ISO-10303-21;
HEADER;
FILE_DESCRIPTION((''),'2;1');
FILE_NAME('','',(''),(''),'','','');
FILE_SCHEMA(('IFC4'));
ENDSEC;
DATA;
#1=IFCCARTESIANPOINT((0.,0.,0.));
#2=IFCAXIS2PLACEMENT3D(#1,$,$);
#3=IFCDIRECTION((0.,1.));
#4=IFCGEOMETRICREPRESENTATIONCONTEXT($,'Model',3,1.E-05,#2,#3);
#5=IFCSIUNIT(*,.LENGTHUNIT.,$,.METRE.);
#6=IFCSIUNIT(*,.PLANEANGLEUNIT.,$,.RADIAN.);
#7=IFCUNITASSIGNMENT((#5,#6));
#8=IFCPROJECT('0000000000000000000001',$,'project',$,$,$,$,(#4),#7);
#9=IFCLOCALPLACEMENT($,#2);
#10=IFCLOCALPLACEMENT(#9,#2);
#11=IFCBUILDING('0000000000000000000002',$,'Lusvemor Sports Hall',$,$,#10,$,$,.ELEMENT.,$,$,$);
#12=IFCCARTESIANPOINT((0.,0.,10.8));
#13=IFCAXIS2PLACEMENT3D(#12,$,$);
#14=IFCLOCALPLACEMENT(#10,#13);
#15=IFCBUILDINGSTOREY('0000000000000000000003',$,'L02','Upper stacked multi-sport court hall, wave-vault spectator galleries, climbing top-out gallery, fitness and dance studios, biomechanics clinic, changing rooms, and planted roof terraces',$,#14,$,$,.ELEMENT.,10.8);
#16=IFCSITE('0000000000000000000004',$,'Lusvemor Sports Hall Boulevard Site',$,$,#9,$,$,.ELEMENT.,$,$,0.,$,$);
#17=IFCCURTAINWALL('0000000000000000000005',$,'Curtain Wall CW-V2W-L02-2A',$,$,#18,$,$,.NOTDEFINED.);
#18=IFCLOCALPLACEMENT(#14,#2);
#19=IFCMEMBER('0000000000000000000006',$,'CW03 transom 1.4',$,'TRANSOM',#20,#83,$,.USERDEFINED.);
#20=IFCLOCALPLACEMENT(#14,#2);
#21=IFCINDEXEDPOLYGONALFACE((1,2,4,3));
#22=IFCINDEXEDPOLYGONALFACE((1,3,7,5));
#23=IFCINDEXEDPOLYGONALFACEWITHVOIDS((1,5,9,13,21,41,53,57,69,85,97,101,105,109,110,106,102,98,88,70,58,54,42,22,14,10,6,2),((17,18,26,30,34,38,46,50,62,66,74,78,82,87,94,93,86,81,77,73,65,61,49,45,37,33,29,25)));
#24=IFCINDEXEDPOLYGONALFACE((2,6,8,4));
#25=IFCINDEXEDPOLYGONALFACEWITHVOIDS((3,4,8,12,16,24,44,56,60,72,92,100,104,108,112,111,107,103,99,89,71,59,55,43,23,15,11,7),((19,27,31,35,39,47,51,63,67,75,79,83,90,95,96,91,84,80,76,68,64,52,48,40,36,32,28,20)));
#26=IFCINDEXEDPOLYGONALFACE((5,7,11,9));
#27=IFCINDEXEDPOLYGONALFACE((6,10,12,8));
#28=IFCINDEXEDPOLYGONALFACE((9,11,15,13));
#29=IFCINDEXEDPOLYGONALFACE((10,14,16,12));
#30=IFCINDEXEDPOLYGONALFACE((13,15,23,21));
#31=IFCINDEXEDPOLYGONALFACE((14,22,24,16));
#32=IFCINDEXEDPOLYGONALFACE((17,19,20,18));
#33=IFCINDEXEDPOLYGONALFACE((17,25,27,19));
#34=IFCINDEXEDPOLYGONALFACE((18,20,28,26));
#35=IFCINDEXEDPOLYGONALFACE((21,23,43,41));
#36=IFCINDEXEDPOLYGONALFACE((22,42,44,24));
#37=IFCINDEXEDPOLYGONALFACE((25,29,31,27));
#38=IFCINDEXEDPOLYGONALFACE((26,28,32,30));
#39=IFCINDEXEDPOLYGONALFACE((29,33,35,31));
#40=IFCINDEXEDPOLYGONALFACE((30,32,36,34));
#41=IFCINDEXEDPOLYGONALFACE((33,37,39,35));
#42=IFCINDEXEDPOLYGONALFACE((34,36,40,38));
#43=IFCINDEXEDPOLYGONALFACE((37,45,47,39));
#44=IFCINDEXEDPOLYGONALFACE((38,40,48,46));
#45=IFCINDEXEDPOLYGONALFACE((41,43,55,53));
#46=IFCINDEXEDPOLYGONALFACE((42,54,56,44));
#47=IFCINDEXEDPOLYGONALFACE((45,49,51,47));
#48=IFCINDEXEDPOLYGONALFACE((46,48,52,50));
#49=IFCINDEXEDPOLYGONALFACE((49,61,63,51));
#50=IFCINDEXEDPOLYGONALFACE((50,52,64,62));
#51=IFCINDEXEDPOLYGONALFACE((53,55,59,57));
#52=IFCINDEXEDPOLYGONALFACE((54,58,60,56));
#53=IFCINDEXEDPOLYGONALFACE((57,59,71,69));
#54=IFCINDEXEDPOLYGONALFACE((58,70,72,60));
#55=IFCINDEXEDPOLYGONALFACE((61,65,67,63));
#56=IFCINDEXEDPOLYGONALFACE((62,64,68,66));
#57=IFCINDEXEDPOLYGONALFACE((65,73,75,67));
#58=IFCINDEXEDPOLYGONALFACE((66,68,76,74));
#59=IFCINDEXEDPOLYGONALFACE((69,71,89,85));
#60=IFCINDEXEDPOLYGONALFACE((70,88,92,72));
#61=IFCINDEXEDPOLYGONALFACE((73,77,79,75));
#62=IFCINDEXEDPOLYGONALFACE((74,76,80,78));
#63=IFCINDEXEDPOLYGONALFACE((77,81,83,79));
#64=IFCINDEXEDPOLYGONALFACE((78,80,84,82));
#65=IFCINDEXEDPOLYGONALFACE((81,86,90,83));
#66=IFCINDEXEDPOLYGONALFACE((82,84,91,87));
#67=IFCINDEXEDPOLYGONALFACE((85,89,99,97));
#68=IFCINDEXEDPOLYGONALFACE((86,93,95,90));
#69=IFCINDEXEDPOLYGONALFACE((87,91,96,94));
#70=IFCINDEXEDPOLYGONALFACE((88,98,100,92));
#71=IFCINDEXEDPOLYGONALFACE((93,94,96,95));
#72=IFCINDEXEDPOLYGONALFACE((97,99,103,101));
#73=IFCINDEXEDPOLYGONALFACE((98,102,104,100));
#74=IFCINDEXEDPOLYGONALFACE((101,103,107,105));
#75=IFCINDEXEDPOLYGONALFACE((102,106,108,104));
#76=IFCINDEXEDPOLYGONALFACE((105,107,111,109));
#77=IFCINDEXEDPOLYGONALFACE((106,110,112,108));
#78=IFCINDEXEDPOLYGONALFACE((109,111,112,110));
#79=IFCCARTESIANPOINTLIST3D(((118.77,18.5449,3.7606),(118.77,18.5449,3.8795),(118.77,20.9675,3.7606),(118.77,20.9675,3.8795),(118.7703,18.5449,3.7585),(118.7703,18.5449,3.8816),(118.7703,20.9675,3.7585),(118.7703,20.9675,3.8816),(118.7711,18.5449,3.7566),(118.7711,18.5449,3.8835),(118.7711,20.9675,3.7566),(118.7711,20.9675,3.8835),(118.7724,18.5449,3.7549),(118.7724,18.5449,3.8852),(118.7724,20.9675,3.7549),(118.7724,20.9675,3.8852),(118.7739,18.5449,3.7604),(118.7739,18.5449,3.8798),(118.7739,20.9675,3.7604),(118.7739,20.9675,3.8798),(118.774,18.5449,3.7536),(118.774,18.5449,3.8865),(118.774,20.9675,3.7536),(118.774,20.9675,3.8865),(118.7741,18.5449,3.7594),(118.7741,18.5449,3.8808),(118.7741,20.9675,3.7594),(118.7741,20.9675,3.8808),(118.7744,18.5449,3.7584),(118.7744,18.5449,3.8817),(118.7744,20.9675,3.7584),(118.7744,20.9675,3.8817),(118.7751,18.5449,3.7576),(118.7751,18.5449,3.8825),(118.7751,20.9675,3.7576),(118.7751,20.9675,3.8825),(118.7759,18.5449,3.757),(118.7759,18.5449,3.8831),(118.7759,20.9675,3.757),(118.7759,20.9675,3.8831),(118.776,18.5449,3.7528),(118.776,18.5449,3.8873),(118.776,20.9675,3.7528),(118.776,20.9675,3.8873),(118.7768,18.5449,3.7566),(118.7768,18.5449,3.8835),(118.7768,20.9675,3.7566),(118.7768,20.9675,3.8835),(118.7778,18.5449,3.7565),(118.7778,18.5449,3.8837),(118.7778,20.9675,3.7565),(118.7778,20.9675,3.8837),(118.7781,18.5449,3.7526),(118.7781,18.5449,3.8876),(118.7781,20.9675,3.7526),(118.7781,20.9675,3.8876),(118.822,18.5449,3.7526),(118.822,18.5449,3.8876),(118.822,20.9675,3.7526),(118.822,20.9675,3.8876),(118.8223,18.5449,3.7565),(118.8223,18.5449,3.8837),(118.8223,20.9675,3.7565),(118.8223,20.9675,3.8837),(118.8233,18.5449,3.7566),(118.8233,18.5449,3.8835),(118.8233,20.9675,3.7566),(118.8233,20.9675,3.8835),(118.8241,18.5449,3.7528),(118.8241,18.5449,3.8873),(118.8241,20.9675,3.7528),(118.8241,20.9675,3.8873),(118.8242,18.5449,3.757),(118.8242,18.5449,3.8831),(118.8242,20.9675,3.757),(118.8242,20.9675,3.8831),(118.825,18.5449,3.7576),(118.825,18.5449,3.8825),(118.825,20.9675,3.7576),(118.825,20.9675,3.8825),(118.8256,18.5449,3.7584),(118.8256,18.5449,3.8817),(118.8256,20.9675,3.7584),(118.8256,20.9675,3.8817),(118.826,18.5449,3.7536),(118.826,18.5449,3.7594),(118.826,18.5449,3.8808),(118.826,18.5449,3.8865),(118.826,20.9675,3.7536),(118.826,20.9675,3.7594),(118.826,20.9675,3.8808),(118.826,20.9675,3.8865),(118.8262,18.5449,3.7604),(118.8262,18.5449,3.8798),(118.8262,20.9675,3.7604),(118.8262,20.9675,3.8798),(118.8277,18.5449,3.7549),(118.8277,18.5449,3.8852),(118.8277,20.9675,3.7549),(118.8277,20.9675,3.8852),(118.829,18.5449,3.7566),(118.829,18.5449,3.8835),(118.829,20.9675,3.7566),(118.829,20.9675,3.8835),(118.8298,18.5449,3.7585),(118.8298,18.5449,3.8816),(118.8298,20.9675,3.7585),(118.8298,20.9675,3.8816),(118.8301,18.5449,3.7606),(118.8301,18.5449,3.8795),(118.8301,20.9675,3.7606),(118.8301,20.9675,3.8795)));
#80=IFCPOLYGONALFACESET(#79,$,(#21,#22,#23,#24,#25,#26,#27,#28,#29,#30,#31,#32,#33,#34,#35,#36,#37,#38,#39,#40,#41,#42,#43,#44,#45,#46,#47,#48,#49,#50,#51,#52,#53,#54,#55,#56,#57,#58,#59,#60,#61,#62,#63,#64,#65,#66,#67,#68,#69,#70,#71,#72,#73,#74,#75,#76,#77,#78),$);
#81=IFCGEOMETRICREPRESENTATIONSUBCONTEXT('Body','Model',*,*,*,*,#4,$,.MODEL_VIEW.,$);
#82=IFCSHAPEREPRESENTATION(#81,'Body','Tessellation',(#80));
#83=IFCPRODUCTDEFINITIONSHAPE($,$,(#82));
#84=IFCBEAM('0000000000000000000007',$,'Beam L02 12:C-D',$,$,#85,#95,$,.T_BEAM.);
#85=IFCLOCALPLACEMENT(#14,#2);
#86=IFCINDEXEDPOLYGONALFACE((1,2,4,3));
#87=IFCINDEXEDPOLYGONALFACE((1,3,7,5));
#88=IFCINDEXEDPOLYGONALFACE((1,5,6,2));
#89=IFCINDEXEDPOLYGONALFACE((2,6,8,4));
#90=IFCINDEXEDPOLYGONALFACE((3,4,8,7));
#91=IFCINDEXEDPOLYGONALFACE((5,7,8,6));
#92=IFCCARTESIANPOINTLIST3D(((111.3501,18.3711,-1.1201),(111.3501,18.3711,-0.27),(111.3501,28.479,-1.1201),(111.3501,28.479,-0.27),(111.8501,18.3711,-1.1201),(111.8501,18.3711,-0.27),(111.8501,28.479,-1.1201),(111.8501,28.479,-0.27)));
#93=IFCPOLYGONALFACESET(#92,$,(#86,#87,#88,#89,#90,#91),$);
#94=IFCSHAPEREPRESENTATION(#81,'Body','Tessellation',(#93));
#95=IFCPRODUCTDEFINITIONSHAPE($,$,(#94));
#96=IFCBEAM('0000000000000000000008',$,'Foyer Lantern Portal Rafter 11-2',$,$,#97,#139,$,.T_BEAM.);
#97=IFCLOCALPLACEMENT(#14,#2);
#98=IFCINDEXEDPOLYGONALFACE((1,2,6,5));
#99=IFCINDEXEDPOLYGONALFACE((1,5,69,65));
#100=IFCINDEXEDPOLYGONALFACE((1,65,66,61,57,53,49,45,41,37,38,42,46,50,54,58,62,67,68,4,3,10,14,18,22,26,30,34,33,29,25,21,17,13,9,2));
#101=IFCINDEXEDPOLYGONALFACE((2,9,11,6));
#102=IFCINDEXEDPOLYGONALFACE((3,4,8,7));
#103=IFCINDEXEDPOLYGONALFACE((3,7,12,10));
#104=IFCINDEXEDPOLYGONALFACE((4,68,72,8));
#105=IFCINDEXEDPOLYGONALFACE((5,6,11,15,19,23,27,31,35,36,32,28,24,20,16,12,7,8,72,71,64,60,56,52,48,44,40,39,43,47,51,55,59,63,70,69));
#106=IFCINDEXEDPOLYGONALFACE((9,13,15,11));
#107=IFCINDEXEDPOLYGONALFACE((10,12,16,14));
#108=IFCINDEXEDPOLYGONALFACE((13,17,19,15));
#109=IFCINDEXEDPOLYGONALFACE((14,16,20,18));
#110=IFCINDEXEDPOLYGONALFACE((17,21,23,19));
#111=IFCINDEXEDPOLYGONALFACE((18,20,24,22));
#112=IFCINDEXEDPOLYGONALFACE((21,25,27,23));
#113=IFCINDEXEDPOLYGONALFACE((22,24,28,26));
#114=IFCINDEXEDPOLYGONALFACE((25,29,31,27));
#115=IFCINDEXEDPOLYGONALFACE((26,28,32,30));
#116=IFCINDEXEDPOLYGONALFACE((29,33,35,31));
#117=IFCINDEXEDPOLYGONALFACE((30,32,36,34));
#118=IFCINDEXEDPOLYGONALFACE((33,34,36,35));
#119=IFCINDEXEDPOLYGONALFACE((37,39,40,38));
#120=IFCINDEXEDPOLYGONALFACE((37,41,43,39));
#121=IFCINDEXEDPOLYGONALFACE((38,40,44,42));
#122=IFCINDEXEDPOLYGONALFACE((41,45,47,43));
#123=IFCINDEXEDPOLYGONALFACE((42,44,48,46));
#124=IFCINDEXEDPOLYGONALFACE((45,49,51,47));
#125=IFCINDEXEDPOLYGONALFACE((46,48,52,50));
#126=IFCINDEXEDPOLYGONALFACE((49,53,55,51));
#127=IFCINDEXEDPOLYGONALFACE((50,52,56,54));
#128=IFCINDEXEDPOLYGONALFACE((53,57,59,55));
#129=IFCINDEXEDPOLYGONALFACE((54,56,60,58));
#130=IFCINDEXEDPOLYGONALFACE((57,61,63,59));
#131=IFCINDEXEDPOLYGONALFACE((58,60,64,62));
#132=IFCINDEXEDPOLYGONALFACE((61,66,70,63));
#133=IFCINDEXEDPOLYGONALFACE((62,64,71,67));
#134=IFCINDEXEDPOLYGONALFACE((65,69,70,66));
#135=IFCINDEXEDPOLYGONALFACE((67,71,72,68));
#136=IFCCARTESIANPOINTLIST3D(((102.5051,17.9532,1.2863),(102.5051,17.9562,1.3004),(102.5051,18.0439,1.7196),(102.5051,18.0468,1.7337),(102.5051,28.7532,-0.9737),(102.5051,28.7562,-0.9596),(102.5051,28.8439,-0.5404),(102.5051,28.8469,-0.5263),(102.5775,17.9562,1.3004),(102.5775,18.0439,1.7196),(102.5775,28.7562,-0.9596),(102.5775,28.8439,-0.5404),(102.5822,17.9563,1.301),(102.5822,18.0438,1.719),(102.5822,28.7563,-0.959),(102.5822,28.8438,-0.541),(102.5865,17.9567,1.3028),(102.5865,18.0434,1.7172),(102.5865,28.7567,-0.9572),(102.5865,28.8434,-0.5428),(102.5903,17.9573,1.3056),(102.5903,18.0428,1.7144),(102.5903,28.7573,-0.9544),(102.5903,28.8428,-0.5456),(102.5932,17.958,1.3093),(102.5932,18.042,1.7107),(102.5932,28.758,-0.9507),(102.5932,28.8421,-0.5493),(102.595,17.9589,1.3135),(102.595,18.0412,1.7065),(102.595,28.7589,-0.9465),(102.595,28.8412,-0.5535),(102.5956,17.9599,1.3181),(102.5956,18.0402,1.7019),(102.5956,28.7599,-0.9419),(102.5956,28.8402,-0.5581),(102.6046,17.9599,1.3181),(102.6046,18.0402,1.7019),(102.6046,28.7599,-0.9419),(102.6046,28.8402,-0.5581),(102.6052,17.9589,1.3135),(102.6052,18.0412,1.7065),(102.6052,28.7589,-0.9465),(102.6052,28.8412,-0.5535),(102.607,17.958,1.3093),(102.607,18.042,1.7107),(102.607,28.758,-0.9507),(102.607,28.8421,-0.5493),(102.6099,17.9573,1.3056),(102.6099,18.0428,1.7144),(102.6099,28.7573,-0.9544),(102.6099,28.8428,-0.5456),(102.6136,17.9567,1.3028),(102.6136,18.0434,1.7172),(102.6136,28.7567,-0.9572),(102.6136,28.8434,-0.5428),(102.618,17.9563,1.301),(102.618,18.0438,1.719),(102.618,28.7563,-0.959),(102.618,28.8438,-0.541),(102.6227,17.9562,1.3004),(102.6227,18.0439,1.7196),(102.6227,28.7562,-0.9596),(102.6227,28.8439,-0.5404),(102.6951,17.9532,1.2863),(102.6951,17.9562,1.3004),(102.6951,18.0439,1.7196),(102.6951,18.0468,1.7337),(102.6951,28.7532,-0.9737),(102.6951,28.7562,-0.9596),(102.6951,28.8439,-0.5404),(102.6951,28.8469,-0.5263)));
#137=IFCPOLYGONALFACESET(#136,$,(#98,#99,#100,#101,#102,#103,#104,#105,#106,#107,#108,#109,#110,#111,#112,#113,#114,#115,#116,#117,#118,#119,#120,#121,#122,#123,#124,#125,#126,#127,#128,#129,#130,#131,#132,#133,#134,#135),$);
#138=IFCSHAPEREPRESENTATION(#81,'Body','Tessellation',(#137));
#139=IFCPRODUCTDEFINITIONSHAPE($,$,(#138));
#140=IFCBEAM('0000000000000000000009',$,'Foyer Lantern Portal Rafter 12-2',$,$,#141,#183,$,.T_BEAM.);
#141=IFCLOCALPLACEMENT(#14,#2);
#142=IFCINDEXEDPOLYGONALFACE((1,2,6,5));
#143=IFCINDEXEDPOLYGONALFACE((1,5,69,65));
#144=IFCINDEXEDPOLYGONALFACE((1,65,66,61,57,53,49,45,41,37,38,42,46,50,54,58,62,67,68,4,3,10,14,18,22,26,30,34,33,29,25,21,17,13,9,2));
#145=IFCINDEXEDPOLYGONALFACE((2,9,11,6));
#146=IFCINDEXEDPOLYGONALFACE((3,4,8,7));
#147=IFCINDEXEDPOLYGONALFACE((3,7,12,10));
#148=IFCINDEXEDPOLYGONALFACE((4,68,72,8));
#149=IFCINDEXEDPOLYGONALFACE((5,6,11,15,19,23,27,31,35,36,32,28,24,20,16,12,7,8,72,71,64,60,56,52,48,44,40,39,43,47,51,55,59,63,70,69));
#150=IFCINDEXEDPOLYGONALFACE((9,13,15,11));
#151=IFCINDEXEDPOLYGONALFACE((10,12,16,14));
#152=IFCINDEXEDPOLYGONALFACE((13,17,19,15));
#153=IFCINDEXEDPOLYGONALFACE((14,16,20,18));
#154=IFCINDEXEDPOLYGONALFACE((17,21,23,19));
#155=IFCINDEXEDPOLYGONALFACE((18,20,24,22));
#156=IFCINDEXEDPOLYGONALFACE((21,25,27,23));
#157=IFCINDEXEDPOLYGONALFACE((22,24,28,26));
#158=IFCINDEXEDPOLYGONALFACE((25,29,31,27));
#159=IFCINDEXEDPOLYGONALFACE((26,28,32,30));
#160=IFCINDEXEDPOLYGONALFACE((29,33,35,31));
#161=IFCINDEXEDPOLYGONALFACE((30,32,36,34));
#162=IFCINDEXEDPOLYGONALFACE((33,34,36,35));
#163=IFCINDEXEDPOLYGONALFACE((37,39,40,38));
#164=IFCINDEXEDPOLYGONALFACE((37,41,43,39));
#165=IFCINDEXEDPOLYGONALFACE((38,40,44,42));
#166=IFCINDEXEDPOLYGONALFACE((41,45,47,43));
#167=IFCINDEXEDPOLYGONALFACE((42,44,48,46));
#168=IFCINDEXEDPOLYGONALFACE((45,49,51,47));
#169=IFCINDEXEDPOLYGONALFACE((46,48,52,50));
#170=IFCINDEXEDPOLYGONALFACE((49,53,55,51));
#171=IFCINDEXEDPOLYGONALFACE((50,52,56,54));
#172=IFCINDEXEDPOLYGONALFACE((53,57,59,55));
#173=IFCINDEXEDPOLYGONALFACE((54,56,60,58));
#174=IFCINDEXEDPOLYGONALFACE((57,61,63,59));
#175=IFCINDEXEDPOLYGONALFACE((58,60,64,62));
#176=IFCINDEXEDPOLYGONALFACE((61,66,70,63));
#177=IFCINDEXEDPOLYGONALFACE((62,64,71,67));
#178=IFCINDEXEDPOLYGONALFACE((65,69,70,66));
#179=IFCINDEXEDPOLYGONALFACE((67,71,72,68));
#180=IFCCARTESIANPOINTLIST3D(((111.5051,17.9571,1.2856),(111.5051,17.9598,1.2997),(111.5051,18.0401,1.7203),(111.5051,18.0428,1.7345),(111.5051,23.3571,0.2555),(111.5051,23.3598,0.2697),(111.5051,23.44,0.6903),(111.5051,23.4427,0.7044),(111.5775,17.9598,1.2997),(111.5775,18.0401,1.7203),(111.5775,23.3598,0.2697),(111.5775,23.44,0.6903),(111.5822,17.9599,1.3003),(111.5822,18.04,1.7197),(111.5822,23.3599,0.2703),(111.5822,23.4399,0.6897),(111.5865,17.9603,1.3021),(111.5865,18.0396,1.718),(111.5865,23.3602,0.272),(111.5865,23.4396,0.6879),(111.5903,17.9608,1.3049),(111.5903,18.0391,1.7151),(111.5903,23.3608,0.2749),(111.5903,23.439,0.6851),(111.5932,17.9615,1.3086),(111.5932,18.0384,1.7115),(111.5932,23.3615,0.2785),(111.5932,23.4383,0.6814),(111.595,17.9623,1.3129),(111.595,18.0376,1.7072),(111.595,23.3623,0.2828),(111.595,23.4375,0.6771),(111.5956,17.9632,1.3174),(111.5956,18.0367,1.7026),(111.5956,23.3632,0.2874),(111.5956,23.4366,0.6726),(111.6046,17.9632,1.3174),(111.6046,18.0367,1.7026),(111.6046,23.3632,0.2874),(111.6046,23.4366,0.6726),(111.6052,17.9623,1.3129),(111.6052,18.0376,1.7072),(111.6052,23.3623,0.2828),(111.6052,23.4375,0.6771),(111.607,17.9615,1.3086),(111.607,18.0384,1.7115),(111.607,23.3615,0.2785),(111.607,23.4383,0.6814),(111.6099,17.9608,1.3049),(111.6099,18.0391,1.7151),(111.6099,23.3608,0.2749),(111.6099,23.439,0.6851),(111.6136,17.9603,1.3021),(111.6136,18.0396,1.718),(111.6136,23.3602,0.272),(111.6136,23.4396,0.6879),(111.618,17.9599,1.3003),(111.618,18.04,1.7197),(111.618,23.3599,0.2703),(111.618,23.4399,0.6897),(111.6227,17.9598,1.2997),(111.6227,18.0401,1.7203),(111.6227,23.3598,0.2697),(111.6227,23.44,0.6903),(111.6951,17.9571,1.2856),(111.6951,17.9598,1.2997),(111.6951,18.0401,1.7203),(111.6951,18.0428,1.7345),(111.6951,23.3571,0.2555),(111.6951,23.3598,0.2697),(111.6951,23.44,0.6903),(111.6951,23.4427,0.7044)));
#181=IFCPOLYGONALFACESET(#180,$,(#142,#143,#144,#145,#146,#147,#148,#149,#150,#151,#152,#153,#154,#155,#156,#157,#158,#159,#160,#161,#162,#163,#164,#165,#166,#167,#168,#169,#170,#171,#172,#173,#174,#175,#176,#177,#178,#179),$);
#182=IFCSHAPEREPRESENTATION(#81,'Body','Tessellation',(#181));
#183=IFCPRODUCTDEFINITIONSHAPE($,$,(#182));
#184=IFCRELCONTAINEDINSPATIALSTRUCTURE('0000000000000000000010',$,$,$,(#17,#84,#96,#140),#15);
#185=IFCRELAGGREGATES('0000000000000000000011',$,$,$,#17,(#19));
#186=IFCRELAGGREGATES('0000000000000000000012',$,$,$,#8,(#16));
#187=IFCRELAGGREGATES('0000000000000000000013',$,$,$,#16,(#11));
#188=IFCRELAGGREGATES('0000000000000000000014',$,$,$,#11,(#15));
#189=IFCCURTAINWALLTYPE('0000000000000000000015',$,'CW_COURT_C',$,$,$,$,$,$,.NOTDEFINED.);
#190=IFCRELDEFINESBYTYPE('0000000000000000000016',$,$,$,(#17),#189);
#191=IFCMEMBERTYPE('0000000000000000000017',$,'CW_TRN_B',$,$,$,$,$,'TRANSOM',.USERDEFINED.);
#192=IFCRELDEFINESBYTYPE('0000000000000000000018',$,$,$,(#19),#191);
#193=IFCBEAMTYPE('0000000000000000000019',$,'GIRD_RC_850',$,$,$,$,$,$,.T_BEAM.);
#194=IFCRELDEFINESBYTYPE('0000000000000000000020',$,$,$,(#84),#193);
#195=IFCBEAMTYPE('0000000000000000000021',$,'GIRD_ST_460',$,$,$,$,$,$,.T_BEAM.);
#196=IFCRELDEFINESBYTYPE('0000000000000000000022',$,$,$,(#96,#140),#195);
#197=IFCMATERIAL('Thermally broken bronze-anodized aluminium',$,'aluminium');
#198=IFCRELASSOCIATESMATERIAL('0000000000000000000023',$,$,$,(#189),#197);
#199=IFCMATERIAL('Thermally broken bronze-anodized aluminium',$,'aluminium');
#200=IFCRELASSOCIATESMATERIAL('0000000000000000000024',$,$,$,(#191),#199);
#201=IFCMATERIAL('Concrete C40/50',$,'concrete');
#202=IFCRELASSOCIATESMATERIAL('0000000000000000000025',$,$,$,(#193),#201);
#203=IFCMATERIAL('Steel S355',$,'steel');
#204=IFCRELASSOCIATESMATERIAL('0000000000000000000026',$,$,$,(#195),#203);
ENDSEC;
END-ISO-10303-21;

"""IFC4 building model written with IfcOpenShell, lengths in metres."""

from ifc_helpers import new_model, si_unit, direction, frame, origin, origin_2d, place, context, subcontext, project, spatial, rectangle, hollow_rectangle, i_section, extrude, material, material_profile, profile_set, type_object, element, aggregate, save


model = new_model("IFC4")

# Units and contexts
model_context = context("Model", 3, precision=1e-05, world=origin(), true_north=direction((0.0, 1.0)))
body_context = subcontext(model_context, "Body", "Model", "MODEL_VIEW")
ifc_project = project(units=[si_unit("LENGTHUNIT", "METRE"), si_unit("PLANEANGLEUNIT", "RADIAN")], contexts=[model_context])

# Site, building, storey
site_placement = place(None, origin())
site = spatial("IfcSite", under=ifc_project, at=site_placement, Name="Lusvemor Sports Hall Boulevard Site", CompositionType="ELEMENT", RefElevation=0.0)
building_placement = place(site_placement, origin())
building = spatial("IfcBuilding", under=site, at=building_placement, Name="Lusvemor Sports Hall", CompositionType="ELEMENT")
storey_placement = place(building_placement, frame((0.0, 0.0, 10.8)))
storey = spatial("IfcBuildingStorey", under=building, at=storey_placement, Name="L02", Description="Upper stacked multi-sport court hall, wave-vault spectator galleries, climbing top-out gallery, fitness and dance studios, biomechanics clinic, changing rooms, and planted roof terraces", CompositionType="ELEMENT", Elevation=10.8)

# Curtain wall, member
ifc_material_1 = material(Name="Thermally broken bronze-anodized aluminium", Category="aluminium")
curtain_wall_type = type_object("IfcCurtainWallType", Name="CW_COURT_C", PredefinedType="NOTDEFINED", material=ifc_material_1)
curtain_wall_placement = place(storey_placement, origin())
curtain_wall = element("IfcCurtainWall", 1, at=curtain_wall_placement, inside=storey, type_object=curtain_wall_type, Name="Curtain Wall CW-V2W-L02-2A", PredefinedType="NOTDEFINED")
ifc_material_2 = material(Name="Thermally broken bronze-anodized aluminium", Category="aluminium")
ifc_material_profile_1 = material_profile(ifc_material_2, hollow_rectangle(XDim=0.0601, YDim=0.135, WallThickness=0.0039, InnerFilletRadius=0.0039, OuterFilletRadius=0.0081, at=origin_2d()), Name="CWTRN135x60x4")
ifc_profile_set_1 = profile_set([ifc_material_profile_1], Name="Thermally broken bronze-anodized aluminium")
member_type_1 = type_object("IfcMemberType", Name="CW_TRN_B", ElementType="TRANSOM", PredefinedType="USERDEFINED", material=ifc_profile_set_1)
member_1_placement = place(storey_placement, frame((118.8, 18.5449, 3.8201), z_axis=(0.0, 1.0, 0.0), x_axis=(-1.0, 0.0, 0.0)))
member_1 = element("IfcMember", 2, at=member_1_placement, type_object=member_type_1, Name="CW03 transom 1.4", ObjectType="TRANSOM", PredefinedType="USERDEFINED", context=body_context, shape_type="SweptSolid", body=[
    extrude(hollow_rectangle(XDim=0.0601, YDim=0.135, WallThickness=0.0039, InnerFilletRadius=0.0039, OuterFilletRadius=0.0081, at=origin_2d()), origin(), (0.0, 0.0, 1.0), 2.4226),
])
aggregate(curtain_wall, [member_1])

# Beams
ifc_material_3 = material(Name="Concrete C40/50", Category="concrete")
ifc_material_profile_2 = material_profile(ifc_material_3, rectangle(XDim=0.5, YDim=0.8501, at=origin_2d()), Name="RC500x850")
ifc_profile_set_2 = profile_set([ifc_material_profile_2], Name="Concrete C40/50")
beam_type_1 = type_object("IfcBeamType", Name="GIRD_RC_850", PredefinedType="T_BEAM", material=ifc_profile_set_2)
beam_1_placement = place(storey_placement, frame((111.6001, 18.3711, -0.6951), z_axis=(0.0, 1.0, 0.0), x_axis=(-1.0, 0.0, 0.0)))
element("IfcBeam", 3, at=beam_1_placement, inside=storey, type_object=beam_type_1, Name="Beam L02 12:C-D", PredefinedType="T_BEAM", context=body_context, shape_type="SweptSolid", body=[
    extrude(rectangle(XDim=0.5, YDim=0.8501, at=origin_2d()), origin(), (0.0, 0.0, 1.0), 10.1079),
])
ifc_material_4 = material(Name="Steel S355", Category="steel")
ifc_material_profile_3 = material_profile(ifc_material_4, i_section(OverallWidth=0.1899, OverallDepth=0.457, WebThickness=0.009, FlangeThickness=0.0144, FilletRadius=0.0181, at=origin_2d()), Name="W460x74.0")
ifc_profile_set_3 = profile_set([ifc_material_profile_3], Name="Steel S355")
beam_type_2 = type_object("IfcBeamType", Name="GIRD_ST_460", PredefinedType="T_BEAM", material=ifc_profile_set_3)
beam_2_placement = place(storey_placement, frame((102.6001, 28.8, -0.75), z_axis=(0.0, -0.978799, 0.204823), x_axis=(1.0, 0.0, 0.0)))
element("IfcBeam", 4, at=beam_2_placement, inside=storey, type_object=beam_type_2, Name="Foyer Lantern Portal Rafter 11-2", PredefinedType="T_BEAM", context=body_context, shape_type="SweptSolid", body=[
    extrude(i_section(OverallWidth=0.1899, OverallDepth=0.457, WebThickness=0.009, FlangeThickness=0.0144, FilletRadius=0.0181, at=origin_2d()), origin(), (0.0, 0.0, 1.0), 11.0339),
])
beam_3_placement = place(storey_placement, frame((111.6001, 23.3999, 0.48), z_axis=(0.0, -0.982289, 0.187371), x_axis=(1.0, 0.0, 0.0)))
element("IfcBeam", 5, at=beam_3_placement, inside=storey, type_object=beam_type_2, Name="Foyer Lantern Portal Rafter 12-2", PredefinedType="T_BEAM", context=body_context, shape_type="SweptSolid", body=[
    extrude(i_section(OverallWidth=0.1899, OverallDepth=0.457, WebThickness=0.009, FlangeThickness=0.0144, FilletRadius=0.0181, at=origin_2d()), origin(), (0.0, 0.0, 1.0), 5.4973),
])

save(model, "model.ifc")
